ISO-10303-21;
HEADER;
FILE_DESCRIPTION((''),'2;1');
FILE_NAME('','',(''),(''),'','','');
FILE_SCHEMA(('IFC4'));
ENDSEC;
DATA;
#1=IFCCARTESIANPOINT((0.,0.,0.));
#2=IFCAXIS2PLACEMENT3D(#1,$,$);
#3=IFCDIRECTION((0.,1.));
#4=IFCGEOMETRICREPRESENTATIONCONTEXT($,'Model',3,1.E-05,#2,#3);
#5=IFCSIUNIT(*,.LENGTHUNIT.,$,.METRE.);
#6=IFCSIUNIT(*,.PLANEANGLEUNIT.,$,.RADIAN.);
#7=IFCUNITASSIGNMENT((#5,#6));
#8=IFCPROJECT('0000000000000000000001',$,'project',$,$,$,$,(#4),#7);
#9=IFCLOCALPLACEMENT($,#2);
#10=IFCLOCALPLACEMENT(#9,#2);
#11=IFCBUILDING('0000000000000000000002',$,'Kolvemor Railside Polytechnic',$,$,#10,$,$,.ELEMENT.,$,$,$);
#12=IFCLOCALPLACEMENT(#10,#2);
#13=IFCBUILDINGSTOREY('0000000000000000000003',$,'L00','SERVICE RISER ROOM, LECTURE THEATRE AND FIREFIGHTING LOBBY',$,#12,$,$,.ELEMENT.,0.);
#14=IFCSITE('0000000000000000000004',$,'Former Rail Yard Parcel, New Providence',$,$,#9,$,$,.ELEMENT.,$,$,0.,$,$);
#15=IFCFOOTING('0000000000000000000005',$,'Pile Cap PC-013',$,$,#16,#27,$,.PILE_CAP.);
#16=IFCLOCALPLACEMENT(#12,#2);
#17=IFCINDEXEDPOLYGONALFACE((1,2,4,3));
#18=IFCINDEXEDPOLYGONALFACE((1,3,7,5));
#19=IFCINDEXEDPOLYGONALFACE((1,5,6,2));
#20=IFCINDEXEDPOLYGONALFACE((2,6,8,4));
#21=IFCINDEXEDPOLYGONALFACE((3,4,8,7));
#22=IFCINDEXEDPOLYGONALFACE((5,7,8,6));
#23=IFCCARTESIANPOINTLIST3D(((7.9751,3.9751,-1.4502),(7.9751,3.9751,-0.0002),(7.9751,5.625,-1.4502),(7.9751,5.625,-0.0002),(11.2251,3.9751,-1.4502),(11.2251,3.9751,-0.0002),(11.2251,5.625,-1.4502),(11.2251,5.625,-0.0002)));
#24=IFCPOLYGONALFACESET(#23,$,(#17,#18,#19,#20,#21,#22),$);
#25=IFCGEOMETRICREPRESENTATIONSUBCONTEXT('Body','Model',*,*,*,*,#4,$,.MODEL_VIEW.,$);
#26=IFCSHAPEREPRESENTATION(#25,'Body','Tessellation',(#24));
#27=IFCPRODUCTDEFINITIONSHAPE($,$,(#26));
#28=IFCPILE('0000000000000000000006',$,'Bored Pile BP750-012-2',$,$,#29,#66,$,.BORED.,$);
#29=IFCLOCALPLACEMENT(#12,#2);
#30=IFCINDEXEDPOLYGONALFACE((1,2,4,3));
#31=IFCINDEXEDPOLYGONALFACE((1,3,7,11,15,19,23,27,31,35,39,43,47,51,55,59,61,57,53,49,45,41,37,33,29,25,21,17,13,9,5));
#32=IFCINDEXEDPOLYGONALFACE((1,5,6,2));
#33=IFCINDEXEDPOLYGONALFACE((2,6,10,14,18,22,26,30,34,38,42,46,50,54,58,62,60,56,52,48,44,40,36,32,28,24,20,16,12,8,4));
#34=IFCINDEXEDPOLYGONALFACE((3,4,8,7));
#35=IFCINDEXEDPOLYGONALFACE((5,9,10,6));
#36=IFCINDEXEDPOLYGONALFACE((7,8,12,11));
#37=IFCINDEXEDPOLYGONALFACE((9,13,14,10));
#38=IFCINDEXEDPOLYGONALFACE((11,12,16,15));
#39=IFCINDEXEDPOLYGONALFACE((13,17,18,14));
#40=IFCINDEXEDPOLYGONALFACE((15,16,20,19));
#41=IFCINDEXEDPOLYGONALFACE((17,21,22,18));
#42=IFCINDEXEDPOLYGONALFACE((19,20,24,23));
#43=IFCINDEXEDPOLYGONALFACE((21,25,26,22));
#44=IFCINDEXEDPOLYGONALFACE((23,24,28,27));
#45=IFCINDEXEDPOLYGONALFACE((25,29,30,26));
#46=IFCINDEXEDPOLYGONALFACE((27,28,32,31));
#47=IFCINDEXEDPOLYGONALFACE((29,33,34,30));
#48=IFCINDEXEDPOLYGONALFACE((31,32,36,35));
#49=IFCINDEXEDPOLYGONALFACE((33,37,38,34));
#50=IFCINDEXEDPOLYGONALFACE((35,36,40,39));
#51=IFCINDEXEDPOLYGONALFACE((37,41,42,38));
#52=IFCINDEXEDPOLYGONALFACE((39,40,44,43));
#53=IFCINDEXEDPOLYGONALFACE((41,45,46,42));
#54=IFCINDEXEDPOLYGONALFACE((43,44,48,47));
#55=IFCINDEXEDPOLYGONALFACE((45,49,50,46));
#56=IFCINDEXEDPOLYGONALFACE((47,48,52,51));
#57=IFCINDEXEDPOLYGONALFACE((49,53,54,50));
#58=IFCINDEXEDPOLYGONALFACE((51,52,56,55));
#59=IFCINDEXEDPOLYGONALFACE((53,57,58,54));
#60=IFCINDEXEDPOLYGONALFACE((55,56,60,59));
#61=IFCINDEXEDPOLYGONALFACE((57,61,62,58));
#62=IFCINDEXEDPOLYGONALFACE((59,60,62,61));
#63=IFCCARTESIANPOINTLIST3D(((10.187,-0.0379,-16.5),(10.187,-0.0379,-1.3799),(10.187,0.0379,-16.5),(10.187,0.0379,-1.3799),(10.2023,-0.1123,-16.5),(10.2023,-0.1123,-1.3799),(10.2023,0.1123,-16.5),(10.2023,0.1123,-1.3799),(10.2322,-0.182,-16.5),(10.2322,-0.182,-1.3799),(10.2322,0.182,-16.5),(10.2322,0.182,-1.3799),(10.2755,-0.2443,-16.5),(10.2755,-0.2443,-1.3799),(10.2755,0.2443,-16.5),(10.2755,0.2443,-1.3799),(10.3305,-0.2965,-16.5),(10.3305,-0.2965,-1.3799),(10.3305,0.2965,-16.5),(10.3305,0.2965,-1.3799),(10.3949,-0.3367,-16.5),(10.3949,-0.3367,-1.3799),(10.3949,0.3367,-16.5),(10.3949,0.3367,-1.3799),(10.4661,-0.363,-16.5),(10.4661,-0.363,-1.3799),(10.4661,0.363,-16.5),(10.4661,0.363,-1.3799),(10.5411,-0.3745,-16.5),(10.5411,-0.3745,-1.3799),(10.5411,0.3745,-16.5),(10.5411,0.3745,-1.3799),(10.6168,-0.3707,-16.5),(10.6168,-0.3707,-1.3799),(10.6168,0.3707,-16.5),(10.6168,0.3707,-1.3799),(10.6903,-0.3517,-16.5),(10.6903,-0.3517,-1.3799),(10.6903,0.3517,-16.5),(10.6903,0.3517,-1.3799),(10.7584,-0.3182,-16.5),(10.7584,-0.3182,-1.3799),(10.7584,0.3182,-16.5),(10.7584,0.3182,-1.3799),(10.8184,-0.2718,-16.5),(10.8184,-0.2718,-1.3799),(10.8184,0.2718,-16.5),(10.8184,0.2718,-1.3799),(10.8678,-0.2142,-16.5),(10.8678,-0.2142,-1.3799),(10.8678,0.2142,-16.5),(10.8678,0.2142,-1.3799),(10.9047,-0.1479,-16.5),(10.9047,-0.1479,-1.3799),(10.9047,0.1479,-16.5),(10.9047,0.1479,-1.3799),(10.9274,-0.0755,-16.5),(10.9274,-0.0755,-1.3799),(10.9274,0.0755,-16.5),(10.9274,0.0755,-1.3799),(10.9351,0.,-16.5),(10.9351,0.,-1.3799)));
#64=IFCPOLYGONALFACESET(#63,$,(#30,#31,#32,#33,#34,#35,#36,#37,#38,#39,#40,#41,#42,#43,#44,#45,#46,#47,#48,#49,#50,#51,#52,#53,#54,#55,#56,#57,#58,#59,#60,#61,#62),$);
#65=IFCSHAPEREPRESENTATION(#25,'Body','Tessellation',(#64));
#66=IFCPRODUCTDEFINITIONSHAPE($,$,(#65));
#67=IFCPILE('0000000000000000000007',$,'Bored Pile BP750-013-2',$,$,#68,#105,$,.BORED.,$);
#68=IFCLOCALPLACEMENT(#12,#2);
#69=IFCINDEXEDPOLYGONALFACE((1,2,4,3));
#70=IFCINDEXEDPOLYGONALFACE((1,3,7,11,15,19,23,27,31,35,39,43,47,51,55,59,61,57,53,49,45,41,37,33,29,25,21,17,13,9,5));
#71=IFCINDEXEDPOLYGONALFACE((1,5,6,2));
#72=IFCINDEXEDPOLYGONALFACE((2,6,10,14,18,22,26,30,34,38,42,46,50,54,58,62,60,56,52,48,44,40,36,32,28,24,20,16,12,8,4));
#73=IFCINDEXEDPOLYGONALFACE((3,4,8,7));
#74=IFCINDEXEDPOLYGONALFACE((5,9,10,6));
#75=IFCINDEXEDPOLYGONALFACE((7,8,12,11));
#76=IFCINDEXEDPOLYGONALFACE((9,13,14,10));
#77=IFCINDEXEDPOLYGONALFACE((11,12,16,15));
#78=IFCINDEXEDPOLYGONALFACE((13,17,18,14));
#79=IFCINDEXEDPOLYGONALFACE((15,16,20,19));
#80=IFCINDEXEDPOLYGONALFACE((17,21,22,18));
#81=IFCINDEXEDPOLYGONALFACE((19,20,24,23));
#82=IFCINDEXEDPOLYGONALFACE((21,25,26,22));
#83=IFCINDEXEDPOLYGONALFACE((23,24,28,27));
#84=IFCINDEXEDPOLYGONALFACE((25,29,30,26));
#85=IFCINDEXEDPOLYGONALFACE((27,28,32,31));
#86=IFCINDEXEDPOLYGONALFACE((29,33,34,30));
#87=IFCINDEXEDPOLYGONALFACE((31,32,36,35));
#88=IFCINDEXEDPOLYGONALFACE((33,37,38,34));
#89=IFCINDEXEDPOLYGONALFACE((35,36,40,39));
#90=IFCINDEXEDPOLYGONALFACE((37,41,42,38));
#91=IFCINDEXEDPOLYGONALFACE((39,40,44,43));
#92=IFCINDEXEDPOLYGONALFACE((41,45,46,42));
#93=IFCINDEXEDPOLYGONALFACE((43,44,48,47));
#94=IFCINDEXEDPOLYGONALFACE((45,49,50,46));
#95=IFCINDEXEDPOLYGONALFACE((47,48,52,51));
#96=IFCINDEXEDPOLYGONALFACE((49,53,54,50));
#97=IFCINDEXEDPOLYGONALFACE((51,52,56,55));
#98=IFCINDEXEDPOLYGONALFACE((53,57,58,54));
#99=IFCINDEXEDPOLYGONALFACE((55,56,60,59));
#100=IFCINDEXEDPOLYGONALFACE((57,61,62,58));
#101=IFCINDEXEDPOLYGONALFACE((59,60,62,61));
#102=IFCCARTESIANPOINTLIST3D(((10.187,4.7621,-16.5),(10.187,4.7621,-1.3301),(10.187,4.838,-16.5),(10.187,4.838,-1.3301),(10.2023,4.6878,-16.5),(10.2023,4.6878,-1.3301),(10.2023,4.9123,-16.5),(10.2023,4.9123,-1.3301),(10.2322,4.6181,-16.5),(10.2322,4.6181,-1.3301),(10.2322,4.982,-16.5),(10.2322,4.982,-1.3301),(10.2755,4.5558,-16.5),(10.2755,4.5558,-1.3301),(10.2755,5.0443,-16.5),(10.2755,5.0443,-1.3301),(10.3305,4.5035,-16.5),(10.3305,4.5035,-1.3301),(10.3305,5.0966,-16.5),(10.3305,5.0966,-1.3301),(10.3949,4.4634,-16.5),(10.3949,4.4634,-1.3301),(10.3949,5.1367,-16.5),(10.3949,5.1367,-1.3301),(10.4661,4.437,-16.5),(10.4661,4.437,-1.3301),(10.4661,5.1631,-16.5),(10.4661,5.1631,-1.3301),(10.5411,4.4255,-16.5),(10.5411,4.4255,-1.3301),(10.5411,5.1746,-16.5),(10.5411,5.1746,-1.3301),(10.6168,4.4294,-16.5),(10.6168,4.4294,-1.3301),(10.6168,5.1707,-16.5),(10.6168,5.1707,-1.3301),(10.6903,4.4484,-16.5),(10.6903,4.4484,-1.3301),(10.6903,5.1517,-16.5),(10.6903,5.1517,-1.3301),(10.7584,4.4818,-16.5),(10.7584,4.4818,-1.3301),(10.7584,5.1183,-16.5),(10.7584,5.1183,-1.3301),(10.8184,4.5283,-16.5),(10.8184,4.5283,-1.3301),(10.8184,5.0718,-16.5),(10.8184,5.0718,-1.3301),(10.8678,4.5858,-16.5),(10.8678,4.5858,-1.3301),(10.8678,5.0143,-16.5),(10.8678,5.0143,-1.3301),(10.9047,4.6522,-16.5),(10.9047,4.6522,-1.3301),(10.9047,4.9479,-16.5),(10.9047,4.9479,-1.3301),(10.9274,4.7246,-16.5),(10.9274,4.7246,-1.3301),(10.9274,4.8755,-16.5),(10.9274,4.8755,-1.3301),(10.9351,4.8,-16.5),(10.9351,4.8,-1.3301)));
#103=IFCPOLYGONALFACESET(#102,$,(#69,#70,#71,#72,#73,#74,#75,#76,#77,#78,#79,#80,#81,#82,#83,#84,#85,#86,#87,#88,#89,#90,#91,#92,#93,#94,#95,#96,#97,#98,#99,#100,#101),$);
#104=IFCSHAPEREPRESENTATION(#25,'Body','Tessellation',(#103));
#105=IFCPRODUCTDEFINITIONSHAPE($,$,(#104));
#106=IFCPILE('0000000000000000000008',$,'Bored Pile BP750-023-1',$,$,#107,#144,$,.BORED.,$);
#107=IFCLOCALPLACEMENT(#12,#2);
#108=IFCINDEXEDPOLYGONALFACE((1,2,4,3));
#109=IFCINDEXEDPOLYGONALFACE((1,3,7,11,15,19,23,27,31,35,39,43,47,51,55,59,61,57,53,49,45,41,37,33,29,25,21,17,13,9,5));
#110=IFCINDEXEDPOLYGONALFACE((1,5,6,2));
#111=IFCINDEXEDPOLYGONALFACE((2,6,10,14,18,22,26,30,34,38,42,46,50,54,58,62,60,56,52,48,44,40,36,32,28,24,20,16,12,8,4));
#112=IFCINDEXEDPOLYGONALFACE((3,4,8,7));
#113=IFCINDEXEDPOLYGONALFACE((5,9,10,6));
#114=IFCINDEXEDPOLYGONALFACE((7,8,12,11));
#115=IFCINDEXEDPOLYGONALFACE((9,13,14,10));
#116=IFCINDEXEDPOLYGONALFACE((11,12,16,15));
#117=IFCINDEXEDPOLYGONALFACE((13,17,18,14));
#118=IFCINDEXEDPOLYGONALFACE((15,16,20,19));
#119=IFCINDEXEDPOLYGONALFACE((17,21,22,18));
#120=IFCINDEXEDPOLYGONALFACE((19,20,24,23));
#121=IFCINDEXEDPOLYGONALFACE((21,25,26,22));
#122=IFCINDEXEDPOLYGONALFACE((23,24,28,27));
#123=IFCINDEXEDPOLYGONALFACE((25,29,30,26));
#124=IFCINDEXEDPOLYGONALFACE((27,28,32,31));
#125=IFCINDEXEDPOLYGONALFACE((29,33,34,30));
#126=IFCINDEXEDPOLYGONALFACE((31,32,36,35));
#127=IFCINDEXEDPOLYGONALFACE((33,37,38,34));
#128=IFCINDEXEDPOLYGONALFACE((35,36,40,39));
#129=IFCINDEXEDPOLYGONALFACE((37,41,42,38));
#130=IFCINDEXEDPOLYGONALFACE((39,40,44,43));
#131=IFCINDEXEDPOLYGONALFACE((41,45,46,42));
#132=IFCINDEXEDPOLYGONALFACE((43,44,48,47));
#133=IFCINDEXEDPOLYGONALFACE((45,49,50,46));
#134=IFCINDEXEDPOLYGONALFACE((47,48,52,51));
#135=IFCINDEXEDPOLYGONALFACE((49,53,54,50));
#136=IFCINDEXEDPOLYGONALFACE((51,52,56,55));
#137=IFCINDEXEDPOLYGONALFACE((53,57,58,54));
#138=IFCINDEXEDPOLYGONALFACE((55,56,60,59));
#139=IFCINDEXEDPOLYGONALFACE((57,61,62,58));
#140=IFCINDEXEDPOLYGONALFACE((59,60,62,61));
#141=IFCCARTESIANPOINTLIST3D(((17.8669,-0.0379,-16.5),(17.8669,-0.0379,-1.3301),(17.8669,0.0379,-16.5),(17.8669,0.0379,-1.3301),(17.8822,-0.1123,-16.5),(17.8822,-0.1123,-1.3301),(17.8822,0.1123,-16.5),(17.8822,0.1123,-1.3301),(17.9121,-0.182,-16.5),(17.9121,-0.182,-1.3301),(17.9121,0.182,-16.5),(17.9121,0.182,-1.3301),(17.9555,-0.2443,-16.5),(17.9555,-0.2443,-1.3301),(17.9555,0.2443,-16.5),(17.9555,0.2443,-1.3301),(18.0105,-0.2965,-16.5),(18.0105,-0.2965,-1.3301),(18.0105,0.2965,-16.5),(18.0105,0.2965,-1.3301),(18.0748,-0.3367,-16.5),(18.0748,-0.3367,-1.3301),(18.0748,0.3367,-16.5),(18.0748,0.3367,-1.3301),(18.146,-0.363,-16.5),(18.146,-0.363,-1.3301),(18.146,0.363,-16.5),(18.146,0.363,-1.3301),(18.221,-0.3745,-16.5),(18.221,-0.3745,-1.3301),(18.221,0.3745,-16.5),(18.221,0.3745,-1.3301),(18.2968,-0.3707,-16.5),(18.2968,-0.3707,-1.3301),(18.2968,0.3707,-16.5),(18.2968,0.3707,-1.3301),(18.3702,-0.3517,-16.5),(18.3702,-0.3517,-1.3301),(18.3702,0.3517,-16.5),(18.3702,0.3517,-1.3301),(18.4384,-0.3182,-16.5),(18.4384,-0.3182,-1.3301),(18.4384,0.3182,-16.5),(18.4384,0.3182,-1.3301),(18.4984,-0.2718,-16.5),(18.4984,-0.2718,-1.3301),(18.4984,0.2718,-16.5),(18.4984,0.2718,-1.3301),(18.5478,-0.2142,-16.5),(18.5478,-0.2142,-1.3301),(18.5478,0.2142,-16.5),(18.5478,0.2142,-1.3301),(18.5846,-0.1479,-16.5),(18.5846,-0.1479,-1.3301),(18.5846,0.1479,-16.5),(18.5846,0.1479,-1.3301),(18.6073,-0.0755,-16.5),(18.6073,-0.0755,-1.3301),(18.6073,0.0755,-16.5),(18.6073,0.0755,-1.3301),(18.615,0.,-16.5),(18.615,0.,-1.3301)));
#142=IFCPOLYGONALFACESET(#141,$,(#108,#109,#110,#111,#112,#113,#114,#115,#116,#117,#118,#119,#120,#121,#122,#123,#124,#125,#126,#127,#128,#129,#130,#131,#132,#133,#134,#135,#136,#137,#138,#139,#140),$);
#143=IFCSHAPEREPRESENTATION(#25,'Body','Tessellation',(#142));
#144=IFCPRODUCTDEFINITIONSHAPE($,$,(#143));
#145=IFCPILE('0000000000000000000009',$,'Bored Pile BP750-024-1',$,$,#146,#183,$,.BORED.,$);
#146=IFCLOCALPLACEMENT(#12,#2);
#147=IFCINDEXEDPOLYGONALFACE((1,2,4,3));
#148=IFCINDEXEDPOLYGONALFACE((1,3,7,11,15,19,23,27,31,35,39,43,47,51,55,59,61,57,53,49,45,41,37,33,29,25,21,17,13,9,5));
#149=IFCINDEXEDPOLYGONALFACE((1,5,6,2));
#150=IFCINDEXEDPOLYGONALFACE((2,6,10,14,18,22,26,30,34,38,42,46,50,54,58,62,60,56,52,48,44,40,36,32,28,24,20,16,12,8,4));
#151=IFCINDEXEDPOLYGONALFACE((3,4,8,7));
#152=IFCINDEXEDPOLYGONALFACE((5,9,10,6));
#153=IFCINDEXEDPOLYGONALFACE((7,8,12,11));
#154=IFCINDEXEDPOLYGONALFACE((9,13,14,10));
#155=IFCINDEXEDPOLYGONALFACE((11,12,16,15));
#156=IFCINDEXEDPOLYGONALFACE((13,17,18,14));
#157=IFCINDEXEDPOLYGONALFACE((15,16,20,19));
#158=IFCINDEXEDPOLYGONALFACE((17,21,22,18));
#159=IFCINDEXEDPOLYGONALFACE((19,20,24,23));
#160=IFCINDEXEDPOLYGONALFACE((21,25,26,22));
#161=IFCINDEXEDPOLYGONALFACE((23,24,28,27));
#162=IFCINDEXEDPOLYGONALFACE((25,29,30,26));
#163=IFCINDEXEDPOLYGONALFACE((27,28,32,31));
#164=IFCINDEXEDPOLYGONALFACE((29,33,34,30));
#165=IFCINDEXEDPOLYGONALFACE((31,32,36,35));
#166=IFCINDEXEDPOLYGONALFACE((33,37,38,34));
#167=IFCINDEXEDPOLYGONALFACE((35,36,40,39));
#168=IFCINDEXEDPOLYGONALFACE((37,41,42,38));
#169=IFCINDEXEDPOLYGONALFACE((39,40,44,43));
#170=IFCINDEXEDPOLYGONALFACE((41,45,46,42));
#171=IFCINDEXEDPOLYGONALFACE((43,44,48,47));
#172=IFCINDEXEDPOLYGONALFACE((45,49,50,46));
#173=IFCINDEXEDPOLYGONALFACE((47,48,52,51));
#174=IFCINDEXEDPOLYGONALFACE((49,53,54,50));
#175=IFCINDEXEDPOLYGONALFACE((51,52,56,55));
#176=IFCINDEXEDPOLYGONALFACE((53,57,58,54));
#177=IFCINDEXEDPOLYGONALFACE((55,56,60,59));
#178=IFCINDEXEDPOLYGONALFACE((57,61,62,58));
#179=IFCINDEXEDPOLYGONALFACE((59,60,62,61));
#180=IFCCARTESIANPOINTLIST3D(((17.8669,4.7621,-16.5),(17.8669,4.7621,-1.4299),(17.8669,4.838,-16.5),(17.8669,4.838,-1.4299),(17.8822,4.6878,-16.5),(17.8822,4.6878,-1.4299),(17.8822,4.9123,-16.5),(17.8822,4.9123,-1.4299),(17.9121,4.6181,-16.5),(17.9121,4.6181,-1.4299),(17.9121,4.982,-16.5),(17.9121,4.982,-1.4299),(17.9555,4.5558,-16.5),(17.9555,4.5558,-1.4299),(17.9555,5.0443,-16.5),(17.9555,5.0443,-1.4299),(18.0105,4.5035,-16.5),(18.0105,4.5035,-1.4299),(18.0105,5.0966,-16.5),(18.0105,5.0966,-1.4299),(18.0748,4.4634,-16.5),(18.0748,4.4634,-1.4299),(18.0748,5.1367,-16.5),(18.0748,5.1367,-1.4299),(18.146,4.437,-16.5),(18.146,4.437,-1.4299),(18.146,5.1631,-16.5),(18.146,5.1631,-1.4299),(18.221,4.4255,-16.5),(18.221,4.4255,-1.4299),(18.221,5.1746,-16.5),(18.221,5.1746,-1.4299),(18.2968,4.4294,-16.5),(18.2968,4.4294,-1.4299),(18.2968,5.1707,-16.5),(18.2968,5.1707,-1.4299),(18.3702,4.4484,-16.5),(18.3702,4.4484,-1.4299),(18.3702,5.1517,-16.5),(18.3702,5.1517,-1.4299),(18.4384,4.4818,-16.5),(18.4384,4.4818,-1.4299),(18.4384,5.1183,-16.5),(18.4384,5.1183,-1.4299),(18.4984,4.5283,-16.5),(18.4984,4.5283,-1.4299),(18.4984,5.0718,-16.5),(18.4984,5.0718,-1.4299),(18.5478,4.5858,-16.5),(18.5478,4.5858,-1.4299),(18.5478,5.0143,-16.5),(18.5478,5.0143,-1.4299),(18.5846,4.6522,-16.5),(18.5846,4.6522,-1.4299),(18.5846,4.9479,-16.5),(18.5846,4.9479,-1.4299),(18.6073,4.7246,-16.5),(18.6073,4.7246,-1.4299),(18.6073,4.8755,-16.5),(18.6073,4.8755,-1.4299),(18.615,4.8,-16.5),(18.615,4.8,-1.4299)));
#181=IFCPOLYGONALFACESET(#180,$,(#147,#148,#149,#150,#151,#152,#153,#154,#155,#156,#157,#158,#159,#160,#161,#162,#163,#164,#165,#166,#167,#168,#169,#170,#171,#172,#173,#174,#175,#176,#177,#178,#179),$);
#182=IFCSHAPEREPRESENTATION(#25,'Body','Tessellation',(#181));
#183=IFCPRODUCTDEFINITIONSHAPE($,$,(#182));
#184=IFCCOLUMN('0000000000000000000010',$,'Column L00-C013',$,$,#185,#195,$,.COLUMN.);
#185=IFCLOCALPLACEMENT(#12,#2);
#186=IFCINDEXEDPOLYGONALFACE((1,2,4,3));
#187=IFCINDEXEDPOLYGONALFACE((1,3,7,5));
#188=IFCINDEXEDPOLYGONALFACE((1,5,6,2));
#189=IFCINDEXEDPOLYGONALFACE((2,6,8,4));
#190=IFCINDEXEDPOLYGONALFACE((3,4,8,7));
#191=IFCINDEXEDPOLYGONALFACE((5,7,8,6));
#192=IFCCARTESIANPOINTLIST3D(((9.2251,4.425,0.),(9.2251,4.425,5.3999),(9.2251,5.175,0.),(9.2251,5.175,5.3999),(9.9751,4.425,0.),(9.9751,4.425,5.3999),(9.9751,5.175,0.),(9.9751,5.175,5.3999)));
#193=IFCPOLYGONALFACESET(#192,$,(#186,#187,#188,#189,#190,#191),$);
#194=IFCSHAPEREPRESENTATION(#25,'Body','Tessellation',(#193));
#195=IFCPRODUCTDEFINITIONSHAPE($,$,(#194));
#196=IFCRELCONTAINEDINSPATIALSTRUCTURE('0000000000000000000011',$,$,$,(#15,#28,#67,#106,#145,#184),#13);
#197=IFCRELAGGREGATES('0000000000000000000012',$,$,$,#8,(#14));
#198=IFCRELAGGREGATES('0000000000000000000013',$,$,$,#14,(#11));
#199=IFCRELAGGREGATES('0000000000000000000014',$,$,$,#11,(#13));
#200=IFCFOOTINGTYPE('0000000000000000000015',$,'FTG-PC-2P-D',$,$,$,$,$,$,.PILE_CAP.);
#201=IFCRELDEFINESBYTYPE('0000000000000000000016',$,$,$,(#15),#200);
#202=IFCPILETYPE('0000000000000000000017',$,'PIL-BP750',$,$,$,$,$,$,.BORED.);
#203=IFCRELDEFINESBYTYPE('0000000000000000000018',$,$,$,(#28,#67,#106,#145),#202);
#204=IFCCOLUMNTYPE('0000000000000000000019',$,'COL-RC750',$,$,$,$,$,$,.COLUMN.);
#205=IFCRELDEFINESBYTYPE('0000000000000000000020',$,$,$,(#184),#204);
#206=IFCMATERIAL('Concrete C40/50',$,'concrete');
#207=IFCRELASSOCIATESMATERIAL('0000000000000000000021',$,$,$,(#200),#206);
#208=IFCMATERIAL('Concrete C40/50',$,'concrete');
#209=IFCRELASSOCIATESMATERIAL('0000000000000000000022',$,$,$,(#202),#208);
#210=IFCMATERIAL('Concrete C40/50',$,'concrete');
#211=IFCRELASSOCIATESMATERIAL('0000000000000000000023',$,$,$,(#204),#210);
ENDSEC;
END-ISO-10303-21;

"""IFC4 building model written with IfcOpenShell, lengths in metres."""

from ifc_helpers import new_model, si_unit, direction, frame, origin, origin_2d, place, context, subcontext, project, spatial, rectangle, circle, extrude, material, material_profile, profile_set, type_object, element, save


model = new_model("IFC4")

# Units and contexts
model_context = context("Model", 3, precision=1e-05, world=origin(), true_north=direction((0.0, 1.0)))
body_context = subcontext(model_context, "Body", "Model", "MODEL_VIEW")
ifc_project = project(units=[si_unit("LENGTHUNIT", "METRE"), si_unit("PLANEANGLEUNIT", "RADIAN")], contexts=[model_context])

# Site, building, storey
site_placement = place(None, origin())
site = spatial("IfcSite", under=ifc_project, at=site_placement, Name="Former Rail Yard Parcel, New Providence", CompositionType="ELEMENT", RefElevation=0.0)
building_placement = place(site_placement, origin())
building = spatial("IfcBuilding", under=site, at=building_placement, Name="Kolvemor Railside Polytechnic", CompositionType="ELEMENT")
storey_placement = place(building_placement, origin())
storey = spatial("IfcBuildingStorey", under=building, at=storey_placement, Name="L00", Description="SERVICE RISER ROOM, LECTURE THEATRE AND FIREFIGHTING LOBBY", CompositionType="ELEMENT", Elevation=0.0)

# Footing
ifc_material_1 = material(Name="Concrete C40/50", Category="concrete")
footing_type = type_object("IfcFootingType", Name="FTG-PC-2P-D", PredefinedType="PILE_CAP", material=ifc_material_1)
footing_placement = place(storey_placement, frame((9.6001, 4.8, -1.4502), z_axis=(0.0, 0.0, 1.0), x_axis=(1.0, 0.0, 0.0)))
element("IfcFooting", 1, at=footing_placement, inside=storey, type_object=footing_type, Name="Pile Cap PC-013", PredefinedType="PILE_CAP", context=body_context, shape_type="SweptSolid", body=[
    extrude(rectangle(XDim=3.25, YDim=1.6499, at=origin_2d()), origin(), (0.0, 0.0, 1.0), 1.45),
])

# Piles
ifc_material_2 = material(Name="Concrete C40/50", Category="concrete")
ifc_material_profile_1 = material_profile(ifc_material_2, circle(Radius=0.375, at=origin_2d()), Name="BP750")
ifc_profile_set_1 = profile_set([ifc_material_profile_1], Name="Concrete C40/50")
pile_type = type_object("IfcPileType", Name="PIL-BP750", PredefinedType="BORED", material=ifc_profile_set_1)
pile_1_placement = place(storey_placement, frame((10.5601, 0.0, -1.3799), z_axis=(0.0, 0.0, -1.0), x_axis=(1.0, 0.0, 0.0)))
element("IfcPile", 2, at=pile_1_placement, inside=storey, type_object=pile_type, Name="Bored Pile BP750-012-2", PredefinedType="BORED", context=body_context, shape_type="SweptSolid", body=[
    extrude(circle(Radius=0.375, at=origin_2d()), origin(), (0.0, 0.0, 1.0), 15.1201),
])
for number, where, z_axis, x_axis, name in (
    (3, (10.5601, 4.8, -1.3301), (0.0, 0.0, -1.0), (1.0, 0.0, 0.0), "Bored Pile BP750-013-2"),
    (4, (18.24, 0.0, -1.3301), (0.0, 0.0, -1.0), (1.0, 0.0, 0.0), "Bored Pile BP750-023-1"),
):
    element("IfcPile", number, at=place(storey_placement, frame(where, z_axis=z_axis, x_axis=x_axis)), inside=storey, type_object=pile_type, Name=name, PredefinedType="BORED", context=body_context, shape_type="SweptSolid", body=[
        extrude(circle(Radius=0.375, at=origin_2d()), origin(), (0.0, 0.0, 1.0), 15.1699),
    ])
pile_2_placement = place(storey_placement, frame((18.24, 4.8, -1.4299), z_axis=(0.0, 0.0, -1.0), x_axis=(1.0, 0.0, 0.0)))
element("IfcPile", 5, at=pile_2_placement, inside=storey, type_object=pile_type, Name="Bored Pile BP750-024-1", PredefinedType="BORED", context=body_context, shape_type="SweptSolid", body=[
    extrude(circle(Radius=0.375, at=origin_2d()), origin(), (0.0, 0.0, 1.0), 15.0701),
])

# Column
ifc_material_3 = material(Name="Concrete C40/50", Category="concrete")
ifc_material_profile_2 = material_profile(ifc_material_3, rectangle(XDim=0.75, YDim=0.75, at=origin_2d()), Name="RC750x750")
ifc_profile_set_2 = profile_set([ifc_material_profile_2], Name="Concrete C40/50")
column_type = type_object("IfcColumnType", Name="COL-RC750", PredefinedType="COLUMN", material=ifc_profile_set_2)
column_placement = place(storey_placement, frame((9.6001, 4.8, 0.0), z_axis=(0.0, 0.0, 1.0), x_axis=(1.0, 0.0, 0.0)))
element("IfcColumn", 6, at=column_placement, inside=storey, type_object=column_type, Name="Column L00-C013", PredefinedType="COLUMN", context=body_context, shape_type="SweptSolid", body=[
    extrude(rectangle(XDim=0.75, YDim=0.75, at=origin_2d()), origin(), (0.0, 0.0, 1.0), 5.3999),
])

save(model, "model.ifc")
